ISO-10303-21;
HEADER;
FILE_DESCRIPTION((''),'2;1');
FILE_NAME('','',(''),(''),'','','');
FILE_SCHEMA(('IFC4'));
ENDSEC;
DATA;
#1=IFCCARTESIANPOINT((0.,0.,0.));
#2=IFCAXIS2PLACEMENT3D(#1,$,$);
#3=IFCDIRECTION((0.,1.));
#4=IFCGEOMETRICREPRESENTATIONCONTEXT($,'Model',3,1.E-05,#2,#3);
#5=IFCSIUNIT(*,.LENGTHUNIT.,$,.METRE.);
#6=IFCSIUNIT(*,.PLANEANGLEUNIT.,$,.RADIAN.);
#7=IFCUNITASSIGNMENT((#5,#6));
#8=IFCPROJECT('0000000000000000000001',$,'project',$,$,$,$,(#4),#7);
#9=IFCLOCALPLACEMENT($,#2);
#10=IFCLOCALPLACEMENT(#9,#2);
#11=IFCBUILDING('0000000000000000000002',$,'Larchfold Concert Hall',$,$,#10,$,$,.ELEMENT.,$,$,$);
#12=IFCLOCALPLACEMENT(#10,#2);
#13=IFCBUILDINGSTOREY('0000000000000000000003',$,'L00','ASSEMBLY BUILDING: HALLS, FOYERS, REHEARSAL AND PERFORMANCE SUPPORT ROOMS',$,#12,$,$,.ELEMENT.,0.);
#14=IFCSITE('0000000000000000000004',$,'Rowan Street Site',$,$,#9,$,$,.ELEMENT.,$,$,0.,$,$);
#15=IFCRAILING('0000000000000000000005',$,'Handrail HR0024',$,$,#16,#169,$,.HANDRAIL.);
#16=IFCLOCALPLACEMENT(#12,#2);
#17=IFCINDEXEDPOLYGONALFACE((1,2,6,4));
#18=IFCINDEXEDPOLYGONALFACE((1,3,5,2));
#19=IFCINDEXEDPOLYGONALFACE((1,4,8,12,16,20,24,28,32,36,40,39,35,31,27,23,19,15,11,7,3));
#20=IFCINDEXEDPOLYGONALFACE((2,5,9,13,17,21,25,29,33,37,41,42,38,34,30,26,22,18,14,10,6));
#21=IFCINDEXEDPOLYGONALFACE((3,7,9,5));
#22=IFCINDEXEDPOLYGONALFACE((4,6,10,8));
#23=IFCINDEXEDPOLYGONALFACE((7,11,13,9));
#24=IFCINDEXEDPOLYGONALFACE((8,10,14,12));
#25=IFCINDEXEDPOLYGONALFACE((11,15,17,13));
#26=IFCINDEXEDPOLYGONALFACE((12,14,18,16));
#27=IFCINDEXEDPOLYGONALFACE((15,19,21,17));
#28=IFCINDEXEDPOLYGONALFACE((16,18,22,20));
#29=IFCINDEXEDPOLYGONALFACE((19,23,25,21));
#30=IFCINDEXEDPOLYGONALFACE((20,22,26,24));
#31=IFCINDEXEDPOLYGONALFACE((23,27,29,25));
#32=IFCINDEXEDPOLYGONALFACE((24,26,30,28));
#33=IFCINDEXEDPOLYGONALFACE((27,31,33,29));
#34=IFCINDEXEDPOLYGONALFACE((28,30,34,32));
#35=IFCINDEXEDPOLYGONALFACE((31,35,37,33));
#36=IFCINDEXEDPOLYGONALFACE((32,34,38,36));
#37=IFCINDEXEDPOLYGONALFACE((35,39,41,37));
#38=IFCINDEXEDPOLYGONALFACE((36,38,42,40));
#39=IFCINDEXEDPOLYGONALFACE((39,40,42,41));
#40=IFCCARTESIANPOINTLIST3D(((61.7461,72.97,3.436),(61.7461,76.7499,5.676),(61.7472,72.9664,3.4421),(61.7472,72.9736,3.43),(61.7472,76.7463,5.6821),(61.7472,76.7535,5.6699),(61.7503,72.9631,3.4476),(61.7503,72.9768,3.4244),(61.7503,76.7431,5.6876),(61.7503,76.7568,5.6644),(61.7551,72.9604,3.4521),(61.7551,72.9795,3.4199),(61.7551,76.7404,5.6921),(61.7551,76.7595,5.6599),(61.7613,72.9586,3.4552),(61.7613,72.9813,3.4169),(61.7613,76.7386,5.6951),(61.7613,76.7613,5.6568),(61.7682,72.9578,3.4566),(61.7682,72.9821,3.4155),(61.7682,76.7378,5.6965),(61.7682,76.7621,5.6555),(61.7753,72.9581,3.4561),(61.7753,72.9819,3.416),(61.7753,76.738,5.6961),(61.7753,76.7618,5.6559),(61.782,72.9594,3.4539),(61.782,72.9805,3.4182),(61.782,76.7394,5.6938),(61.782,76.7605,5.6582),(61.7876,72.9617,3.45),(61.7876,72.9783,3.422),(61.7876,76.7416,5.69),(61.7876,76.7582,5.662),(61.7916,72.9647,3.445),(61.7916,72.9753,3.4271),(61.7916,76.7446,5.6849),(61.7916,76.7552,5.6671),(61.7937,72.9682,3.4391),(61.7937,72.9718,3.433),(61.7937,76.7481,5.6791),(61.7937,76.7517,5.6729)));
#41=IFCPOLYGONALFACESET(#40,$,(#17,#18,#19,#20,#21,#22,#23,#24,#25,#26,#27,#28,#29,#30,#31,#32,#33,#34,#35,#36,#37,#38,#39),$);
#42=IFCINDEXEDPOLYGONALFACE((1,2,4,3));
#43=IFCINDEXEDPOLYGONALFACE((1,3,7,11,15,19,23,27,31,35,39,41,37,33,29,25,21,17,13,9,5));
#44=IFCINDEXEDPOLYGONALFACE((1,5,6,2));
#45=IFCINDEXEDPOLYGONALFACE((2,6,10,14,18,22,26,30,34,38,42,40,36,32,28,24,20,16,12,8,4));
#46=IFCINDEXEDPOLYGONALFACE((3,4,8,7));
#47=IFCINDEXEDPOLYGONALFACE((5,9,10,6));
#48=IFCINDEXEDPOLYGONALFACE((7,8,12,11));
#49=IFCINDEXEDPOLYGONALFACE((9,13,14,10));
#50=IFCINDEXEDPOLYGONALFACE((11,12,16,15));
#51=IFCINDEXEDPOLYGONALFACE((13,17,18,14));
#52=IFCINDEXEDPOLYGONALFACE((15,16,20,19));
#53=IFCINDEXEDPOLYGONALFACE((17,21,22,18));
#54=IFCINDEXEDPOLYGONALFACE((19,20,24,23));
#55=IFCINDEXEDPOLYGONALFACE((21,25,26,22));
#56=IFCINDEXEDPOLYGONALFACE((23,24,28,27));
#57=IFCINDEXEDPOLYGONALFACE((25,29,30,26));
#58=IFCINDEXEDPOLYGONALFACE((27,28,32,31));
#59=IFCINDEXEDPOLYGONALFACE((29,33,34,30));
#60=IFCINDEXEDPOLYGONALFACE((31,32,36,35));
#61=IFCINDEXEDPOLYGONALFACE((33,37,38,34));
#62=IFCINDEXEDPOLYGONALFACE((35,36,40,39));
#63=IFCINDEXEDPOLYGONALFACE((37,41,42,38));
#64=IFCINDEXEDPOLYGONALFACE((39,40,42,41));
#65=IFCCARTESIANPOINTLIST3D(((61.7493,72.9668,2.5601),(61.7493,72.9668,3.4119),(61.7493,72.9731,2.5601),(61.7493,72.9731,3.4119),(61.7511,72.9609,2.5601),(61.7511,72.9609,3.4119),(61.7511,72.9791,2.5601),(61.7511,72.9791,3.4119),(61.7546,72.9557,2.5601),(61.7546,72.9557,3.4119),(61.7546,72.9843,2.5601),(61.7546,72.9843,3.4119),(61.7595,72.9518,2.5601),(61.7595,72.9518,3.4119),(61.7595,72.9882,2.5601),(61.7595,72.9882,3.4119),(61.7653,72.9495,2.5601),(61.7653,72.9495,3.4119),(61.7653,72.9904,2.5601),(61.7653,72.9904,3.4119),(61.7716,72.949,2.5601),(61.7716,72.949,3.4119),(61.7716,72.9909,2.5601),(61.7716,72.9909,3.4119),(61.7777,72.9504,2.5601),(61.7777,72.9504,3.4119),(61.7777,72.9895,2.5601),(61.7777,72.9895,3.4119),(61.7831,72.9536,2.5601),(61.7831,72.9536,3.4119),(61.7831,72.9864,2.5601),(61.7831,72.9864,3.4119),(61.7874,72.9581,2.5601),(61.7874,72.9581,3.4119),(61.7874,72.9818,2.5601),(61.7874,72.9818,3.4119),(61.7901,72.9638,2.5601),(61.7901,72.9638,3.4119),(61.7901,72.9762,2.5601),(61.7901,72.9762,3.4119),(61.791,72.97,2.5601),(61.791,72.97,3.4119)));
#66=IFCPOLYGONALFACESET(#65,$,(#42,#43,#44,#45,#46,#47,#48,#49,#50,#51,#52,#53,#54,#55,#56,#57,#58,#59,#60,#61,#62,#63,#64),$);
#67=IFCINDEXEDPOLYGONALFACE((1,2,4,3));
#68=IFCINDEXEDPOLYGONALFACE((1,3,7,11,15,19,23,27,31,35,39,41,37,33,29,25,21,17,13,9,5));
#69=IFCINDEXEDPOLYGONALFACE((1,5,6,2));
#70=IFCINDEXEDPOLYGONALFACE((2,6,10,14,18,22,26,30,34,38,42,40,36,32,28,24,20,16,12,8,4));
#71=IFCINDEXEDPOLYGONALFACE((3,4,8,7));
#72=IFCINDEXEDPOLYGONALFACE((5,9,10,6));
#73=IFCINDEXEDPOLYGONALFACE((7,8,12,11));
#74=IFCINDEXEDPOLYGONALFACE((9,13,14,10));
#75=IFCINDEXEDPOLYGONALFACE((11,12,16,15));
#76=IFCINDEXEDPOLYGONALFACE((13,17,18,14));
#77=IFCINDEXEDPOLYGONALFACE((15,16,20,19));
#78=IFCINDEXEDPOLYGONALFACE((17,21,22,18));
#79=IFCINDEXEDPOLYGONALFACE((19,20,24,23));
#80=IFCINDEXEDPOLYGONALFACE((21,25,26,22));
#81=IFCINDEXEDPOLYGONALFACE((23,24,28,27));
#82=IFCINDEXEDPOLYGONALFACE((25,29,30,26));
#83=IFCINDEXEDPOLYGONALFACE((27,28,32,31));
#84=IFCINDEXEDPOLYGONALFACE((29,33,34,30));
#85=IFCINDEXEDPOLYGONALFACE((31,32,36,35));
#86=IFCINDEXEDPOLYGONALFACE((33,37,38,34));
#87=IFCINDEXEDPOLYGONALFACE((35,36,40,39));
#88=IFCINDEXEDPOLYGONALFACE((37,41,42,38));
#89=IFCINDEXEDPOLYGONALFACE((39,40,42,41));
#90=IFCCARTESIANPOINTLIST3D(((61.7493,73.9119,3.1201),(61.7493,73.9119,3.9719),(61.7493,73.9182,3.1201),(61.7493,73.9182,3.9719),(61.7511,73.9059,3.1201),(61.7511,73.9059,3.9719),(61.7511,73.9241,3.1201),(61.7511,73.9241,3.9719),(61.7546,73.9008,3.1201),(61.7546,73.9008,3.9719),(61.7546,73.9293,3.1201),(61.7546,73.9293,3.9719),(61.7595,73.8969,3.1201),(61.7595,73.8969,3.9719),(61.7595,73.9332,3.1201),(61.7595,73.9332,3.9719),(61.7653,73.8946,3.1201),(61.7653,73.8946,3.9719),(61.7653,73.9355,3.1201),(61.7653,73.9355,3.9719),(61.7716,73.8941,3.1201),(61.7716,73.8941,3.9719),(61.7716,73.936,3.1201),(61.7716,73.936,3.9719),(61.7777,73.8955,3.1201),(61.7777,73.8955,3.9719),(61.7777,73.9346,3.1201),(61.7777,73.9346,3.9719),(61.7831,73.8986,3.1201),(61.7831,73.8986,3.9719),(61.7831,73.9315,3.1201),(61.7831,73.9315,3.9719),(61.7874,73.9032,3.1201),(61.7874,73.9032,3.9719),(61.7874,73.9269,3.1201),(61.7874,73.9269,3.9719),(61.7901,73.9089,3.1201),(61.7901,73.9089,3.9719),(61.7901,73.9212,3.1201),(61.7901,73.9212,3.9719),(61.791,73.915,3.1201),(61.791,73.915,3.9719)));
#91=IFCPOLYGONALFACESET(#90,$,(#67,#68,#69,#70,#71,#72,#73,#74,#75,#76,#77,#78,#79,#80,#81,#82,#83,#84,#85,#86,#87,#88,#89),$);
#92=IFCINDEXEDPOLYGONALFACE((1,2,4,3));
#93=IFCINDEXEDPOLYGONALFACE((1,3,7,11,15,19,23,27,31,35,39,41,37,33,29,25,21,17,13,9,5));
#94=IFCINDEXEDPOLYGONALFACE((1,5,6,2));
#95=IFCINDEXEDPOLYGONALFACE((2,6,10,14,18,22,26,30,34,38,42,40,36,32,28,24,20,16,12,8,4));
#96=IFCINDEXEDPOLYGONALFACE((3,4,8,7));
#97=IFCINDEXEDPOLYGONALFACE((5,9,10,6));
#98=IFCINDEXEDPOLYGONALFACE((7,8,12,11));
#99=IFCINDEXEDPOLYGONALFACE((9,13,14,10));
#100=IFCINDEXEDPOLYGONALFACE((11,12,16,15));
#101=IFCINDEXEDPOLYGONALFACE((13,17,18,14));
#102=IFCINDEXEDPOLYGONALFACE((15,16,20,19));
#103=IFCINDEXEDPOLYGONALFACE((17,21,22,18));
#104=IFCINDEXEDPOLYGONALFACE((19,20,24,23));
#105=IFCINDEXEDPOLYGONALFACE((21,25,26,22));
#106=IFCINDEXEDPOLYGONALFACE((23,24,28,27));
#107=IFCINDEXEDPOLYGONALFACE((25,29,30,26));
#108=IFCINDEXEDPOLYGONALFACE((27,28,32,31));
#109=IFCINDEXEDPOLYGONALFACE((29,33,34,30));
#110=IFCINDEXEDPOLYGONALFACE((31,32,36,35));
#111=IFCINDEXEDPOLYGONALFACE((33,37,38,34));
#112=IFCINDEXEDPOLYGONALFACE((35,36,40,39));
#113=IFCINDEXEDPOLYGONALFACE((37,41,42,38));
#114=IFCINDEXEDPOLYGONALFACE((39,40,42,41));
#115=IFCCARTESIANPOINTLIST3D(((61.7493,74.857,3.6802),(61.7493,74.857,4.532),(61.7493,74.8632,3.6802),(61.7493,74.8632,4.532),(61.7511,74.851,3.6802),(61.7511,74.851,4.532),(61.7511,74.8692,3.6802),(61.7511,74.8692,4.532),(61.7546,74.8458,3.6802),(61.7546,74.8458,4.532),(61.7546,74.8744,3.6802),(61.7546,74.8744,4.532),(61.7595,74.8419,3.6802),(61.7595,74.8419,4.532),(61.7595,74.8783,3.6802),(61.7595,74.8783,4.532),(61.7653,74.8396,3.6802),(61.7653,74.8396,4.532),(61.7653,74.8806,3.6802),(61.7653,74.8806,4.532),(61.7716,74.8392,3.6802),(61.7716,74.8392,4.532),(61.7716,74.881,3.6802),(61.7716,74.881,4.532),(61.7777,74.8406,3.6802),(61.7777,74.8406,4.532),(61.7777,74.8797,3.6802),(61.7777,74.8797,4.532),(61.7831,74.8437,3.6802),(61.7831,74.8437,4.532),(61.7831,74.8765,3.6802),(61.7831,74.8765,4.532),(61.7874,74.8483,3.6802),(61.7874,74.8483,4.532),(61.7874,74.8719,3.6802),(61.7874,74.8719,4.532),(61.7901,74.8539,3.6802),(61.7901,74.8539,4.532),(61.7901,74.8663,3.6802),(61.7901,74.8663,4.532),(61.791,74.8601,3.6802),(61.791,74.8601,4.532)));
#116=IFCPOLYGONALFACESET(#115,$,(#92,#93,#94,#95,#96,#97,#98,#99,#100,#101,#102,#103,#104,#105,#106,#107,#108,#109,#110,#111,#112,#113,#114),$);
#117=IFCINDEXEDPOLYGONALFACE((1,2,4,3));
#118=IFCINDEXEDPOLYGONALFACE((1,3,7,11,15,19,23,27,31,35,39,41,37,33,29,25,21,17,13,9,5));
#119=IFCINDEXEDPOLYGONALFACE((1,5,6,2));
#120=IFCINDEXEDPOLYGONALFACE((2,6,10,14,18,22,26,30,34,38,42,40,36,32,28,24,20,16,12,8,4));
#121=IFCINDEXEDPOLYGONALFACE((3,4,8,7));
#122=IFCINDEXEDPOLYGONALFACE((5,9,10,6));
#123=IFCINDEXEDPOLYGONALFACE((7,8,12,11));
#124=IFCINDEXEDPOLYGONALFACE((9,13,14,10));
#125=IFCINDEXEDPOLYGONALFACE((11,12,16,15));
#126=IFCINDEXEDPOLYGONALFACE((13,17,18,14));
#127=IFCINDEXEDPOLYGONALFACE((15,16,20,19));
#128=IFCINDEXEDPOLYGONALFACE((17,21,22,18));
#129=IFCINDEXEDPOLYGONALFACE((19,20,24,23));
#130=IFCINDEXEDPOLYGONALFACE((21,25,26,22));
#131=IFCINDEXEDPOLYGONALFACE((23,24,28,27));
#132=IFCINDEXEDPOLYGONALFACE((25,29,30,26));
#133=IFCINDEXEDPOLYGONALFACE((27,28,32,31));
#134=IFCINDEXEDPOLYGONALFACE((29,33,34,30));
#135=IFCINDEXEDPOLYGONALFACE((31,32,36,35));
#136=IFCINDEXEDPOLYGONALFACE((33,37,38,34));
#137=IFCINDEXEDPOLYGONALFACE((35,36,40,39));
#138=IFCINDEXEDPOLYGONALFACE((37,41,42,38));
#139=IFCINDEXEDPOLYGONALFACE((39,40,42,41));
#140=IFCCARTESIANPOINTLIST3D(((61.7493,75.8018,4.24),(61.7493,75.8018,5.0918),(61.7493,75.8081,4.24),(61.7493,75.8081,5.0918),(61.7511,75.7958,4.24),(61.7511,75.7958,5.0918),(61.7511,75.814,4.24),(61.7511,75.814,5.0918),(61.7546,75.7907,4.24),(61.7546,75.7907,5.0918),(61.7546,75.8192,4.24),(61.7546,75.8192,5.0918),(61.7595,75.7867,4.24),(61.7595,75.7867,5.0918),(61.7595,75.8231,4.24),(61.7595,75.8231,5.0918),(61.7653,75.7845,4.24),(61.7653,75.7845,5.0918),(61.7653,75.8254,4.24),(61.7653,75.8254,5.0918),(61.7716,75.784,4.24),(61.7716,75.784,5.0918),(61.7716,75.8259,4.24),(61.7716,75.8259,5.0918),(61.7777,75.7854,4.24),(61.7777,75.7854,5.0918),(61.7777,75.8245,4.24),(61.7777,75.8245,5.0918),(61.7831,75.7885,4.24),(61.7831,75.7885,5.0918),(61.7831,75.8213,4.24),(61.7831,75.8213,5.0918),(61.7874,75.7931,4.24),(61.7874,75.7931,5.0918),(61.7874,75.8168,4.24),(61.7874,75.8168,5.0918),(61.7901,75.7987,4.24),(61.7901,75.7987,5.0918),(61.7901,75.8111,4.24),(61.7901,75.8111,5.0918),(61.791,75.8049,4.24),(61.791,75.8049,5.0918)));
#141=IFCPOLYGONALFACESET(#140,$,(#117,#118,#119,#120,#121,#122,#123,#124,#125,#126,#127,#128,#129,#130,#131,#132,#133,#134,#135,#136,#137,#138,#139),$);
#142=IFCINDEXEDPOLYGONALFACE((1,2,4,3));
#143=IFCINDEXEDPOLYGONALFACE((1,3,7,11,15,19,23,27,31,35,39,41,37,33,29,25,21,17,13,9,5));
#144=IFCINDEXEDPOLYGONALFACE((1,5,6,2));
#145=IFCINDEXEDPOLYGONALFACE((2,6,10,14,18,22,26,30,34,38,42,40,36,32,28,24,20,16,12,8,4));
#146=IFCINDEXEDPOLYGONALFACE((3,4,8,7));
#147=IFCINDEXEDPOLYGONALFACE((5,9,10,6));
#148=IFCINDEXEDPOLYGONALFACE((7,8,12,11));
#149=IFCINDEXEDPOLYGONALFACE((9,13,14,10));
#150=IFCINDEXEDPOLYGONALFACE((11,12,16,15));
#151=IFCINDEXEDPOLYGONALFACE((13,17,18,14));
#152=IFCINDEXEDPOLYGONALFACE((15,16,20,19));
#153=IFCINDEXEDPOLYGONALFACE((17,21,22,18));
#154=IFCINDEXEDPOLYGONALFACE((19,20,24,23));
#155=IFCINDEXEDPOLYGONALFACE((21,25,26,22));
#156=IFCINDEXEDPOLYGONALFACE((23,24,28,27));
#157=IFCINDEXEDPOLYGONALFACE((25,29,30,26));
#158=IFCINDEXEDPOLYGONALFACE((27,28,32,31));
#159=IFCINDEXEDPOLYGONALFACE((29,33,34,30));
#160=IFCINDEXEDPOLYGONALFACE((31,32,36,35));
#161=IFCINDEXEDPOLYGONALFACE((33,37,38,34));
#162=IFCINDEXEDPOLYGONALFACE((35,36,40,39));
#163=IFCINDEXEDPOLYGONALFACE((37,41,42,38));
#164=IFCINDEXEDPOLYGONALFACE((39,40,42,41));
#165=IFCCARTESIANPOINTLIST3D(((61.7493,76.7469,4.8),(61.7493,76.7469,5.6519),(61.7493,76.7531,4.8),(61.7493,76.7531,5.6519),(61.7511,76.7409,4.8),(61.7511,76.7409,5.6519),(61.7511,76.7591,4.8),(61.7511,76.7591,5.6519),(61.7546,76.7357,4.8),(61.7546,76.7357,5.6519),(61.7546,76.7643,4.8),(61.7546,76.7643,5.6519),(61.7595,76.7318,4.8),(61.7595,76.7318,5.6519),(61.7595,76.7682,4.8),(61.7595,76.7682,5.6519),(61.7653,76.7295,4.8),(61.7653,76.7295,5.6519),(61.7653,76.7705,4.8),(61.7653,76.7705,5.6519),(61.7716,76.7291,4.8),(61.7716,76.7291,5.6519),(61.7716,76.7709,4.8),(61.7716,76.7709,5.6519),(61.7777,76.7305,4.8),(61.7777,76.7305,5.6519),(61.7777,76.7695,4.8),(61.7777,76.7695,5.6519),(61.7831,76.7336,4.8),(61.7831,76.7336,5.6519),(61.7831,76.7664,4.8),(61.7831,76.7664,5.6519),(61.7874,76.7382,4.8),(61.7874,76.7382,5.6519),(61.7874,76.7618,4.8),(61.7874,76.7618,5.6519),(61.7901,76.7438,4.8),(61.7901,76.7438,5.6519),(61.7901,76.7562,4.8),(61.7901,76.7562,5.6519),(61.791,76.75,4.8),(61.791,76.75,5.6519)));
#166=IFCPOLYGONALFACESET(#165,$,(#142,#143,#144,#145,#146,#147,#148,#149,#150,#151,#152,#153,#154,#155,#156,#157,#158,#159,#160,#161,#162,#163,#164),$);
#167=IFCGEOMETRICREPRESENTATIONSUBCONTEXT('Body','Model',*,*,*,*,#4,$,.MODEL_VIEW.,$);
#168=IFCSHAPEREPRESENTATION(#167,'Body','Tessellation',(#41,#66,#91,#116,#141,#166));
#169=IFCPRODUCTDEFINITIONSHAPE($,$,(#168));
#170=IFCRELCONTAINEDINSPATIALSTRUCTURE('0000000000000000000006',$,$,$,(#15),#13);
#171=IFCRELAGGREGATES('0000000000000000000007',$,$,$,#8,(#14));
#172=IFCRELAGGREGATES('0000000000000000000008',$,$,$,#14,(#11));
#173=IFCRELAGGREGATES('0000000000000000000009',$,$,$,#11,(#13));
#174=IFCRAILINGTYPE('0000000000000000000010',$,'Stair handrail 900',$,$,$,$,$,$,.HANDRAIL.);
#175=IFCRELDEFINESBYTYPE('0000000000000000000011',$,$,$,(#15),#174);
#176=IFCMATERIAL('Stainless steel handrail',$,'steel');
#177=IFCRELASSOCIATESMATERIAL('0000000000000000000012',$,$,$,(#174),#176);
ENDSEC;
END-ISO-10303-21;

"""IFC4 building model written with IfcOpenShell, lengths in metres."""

from ifc_helpers import new_model, si_unit, direction, frame, origin, origin_2d, place, context, subcontext, project, spatial, circle, extrude, material, type_object, element, save


model = new_model("IFC4")

# Units and contexts
model_context = context("Model", 3, precision=1e-05, world=origin(), true_north=direction((0.0, 1.0)))
body_context = subcontext(model_context, "Body", "Model", "MODEL_VIEW")
ifc_project = project(units=[si_unit("LENGTHUNIT", "METRE"), si_unit("PLANEANGLEUNIT", "RADIAN")], contexts=[model_context])

# Site, building, storey
site_placement = place(None, origin())
site = spatial("IfcSite", under=ifc_project, at=site_placement, Name="Rowan Street Site", CompositionType="ELEMENT", RefElevation=0.0)
building_placement = place(site_placement, origin())
building = spatial("IfcBuilding", under=site, at=building_placement, Name="Larchfold Concert Hall", CompositionType="ELEMENT")
storey_placement = place(building_placement, origin())
storey = spatial("IfcBuildingStorey", under=building, at=storey_placement, Name="L00", Description="ASSEMBLY BUILDING: HALLS, FOYERS, REHEARSAL AND PERFORMANCE SUPPORT ROOMS", CompositionType="ELEMENT", Elevation=0.0)

# Railing
ifc_material_1 = material(Name="Stainless steel handrail", Category="steel")
railing_type_1 = type_object("IfcRailingType", Name="Stair handrail 900", PredefinedType="HANDRAIL", material=ifc_material_1)
railing_1_placement = place(storey_placement, frame((61.77, 72.97, 2.5601)))
element("IfcRailing", 1, at=railing_1_placement, inside=storey, type_object=railing_type_1, Name="Handrail HR0024", PredefinedType="HANDRAIL", context=body_context, shape_type="SweptSolid", body=[
    extrude(circle(Radius=0.0239, at=origin_2d()), frame((0.0, 0.0, 0.876), z_axis=(0.0, 0.860294, 0.509798), x_axis=(-1.0, 0.0, 0.0)), (0.0, 0.0, 1.0), 4.3938),
    extrude(circle(Radius=0.021, at=origin_2d()), origin(), (0.0, 0.0, 1.0), 0.8518),
    extrude(circle(Radius=0.021, at=origin_2d()), frame((0.0, 0.9451, 0.5601)), (0.0, 0.0, 1.0), 0.8518),
    extrude(circle(Radius=0.021, at=origin_2d()), frame((0.0, 1.8901, 1.1201)), (0.0, 0.0, 1.0), 0.8518),
    extrude(circle(Radius=0.021, at=origin_2d()), frame((0.0, 2.835, 1.6799)), (0.0, 0.0, 1.0), 0.8518),
    extrude(circle(Radius=0.021, at=origin_2d()), frame((0.0, 3.78, 2.24)), (0.0, 0.0, 1.0), 0.8518),
])

save(model, "model.ifc")
